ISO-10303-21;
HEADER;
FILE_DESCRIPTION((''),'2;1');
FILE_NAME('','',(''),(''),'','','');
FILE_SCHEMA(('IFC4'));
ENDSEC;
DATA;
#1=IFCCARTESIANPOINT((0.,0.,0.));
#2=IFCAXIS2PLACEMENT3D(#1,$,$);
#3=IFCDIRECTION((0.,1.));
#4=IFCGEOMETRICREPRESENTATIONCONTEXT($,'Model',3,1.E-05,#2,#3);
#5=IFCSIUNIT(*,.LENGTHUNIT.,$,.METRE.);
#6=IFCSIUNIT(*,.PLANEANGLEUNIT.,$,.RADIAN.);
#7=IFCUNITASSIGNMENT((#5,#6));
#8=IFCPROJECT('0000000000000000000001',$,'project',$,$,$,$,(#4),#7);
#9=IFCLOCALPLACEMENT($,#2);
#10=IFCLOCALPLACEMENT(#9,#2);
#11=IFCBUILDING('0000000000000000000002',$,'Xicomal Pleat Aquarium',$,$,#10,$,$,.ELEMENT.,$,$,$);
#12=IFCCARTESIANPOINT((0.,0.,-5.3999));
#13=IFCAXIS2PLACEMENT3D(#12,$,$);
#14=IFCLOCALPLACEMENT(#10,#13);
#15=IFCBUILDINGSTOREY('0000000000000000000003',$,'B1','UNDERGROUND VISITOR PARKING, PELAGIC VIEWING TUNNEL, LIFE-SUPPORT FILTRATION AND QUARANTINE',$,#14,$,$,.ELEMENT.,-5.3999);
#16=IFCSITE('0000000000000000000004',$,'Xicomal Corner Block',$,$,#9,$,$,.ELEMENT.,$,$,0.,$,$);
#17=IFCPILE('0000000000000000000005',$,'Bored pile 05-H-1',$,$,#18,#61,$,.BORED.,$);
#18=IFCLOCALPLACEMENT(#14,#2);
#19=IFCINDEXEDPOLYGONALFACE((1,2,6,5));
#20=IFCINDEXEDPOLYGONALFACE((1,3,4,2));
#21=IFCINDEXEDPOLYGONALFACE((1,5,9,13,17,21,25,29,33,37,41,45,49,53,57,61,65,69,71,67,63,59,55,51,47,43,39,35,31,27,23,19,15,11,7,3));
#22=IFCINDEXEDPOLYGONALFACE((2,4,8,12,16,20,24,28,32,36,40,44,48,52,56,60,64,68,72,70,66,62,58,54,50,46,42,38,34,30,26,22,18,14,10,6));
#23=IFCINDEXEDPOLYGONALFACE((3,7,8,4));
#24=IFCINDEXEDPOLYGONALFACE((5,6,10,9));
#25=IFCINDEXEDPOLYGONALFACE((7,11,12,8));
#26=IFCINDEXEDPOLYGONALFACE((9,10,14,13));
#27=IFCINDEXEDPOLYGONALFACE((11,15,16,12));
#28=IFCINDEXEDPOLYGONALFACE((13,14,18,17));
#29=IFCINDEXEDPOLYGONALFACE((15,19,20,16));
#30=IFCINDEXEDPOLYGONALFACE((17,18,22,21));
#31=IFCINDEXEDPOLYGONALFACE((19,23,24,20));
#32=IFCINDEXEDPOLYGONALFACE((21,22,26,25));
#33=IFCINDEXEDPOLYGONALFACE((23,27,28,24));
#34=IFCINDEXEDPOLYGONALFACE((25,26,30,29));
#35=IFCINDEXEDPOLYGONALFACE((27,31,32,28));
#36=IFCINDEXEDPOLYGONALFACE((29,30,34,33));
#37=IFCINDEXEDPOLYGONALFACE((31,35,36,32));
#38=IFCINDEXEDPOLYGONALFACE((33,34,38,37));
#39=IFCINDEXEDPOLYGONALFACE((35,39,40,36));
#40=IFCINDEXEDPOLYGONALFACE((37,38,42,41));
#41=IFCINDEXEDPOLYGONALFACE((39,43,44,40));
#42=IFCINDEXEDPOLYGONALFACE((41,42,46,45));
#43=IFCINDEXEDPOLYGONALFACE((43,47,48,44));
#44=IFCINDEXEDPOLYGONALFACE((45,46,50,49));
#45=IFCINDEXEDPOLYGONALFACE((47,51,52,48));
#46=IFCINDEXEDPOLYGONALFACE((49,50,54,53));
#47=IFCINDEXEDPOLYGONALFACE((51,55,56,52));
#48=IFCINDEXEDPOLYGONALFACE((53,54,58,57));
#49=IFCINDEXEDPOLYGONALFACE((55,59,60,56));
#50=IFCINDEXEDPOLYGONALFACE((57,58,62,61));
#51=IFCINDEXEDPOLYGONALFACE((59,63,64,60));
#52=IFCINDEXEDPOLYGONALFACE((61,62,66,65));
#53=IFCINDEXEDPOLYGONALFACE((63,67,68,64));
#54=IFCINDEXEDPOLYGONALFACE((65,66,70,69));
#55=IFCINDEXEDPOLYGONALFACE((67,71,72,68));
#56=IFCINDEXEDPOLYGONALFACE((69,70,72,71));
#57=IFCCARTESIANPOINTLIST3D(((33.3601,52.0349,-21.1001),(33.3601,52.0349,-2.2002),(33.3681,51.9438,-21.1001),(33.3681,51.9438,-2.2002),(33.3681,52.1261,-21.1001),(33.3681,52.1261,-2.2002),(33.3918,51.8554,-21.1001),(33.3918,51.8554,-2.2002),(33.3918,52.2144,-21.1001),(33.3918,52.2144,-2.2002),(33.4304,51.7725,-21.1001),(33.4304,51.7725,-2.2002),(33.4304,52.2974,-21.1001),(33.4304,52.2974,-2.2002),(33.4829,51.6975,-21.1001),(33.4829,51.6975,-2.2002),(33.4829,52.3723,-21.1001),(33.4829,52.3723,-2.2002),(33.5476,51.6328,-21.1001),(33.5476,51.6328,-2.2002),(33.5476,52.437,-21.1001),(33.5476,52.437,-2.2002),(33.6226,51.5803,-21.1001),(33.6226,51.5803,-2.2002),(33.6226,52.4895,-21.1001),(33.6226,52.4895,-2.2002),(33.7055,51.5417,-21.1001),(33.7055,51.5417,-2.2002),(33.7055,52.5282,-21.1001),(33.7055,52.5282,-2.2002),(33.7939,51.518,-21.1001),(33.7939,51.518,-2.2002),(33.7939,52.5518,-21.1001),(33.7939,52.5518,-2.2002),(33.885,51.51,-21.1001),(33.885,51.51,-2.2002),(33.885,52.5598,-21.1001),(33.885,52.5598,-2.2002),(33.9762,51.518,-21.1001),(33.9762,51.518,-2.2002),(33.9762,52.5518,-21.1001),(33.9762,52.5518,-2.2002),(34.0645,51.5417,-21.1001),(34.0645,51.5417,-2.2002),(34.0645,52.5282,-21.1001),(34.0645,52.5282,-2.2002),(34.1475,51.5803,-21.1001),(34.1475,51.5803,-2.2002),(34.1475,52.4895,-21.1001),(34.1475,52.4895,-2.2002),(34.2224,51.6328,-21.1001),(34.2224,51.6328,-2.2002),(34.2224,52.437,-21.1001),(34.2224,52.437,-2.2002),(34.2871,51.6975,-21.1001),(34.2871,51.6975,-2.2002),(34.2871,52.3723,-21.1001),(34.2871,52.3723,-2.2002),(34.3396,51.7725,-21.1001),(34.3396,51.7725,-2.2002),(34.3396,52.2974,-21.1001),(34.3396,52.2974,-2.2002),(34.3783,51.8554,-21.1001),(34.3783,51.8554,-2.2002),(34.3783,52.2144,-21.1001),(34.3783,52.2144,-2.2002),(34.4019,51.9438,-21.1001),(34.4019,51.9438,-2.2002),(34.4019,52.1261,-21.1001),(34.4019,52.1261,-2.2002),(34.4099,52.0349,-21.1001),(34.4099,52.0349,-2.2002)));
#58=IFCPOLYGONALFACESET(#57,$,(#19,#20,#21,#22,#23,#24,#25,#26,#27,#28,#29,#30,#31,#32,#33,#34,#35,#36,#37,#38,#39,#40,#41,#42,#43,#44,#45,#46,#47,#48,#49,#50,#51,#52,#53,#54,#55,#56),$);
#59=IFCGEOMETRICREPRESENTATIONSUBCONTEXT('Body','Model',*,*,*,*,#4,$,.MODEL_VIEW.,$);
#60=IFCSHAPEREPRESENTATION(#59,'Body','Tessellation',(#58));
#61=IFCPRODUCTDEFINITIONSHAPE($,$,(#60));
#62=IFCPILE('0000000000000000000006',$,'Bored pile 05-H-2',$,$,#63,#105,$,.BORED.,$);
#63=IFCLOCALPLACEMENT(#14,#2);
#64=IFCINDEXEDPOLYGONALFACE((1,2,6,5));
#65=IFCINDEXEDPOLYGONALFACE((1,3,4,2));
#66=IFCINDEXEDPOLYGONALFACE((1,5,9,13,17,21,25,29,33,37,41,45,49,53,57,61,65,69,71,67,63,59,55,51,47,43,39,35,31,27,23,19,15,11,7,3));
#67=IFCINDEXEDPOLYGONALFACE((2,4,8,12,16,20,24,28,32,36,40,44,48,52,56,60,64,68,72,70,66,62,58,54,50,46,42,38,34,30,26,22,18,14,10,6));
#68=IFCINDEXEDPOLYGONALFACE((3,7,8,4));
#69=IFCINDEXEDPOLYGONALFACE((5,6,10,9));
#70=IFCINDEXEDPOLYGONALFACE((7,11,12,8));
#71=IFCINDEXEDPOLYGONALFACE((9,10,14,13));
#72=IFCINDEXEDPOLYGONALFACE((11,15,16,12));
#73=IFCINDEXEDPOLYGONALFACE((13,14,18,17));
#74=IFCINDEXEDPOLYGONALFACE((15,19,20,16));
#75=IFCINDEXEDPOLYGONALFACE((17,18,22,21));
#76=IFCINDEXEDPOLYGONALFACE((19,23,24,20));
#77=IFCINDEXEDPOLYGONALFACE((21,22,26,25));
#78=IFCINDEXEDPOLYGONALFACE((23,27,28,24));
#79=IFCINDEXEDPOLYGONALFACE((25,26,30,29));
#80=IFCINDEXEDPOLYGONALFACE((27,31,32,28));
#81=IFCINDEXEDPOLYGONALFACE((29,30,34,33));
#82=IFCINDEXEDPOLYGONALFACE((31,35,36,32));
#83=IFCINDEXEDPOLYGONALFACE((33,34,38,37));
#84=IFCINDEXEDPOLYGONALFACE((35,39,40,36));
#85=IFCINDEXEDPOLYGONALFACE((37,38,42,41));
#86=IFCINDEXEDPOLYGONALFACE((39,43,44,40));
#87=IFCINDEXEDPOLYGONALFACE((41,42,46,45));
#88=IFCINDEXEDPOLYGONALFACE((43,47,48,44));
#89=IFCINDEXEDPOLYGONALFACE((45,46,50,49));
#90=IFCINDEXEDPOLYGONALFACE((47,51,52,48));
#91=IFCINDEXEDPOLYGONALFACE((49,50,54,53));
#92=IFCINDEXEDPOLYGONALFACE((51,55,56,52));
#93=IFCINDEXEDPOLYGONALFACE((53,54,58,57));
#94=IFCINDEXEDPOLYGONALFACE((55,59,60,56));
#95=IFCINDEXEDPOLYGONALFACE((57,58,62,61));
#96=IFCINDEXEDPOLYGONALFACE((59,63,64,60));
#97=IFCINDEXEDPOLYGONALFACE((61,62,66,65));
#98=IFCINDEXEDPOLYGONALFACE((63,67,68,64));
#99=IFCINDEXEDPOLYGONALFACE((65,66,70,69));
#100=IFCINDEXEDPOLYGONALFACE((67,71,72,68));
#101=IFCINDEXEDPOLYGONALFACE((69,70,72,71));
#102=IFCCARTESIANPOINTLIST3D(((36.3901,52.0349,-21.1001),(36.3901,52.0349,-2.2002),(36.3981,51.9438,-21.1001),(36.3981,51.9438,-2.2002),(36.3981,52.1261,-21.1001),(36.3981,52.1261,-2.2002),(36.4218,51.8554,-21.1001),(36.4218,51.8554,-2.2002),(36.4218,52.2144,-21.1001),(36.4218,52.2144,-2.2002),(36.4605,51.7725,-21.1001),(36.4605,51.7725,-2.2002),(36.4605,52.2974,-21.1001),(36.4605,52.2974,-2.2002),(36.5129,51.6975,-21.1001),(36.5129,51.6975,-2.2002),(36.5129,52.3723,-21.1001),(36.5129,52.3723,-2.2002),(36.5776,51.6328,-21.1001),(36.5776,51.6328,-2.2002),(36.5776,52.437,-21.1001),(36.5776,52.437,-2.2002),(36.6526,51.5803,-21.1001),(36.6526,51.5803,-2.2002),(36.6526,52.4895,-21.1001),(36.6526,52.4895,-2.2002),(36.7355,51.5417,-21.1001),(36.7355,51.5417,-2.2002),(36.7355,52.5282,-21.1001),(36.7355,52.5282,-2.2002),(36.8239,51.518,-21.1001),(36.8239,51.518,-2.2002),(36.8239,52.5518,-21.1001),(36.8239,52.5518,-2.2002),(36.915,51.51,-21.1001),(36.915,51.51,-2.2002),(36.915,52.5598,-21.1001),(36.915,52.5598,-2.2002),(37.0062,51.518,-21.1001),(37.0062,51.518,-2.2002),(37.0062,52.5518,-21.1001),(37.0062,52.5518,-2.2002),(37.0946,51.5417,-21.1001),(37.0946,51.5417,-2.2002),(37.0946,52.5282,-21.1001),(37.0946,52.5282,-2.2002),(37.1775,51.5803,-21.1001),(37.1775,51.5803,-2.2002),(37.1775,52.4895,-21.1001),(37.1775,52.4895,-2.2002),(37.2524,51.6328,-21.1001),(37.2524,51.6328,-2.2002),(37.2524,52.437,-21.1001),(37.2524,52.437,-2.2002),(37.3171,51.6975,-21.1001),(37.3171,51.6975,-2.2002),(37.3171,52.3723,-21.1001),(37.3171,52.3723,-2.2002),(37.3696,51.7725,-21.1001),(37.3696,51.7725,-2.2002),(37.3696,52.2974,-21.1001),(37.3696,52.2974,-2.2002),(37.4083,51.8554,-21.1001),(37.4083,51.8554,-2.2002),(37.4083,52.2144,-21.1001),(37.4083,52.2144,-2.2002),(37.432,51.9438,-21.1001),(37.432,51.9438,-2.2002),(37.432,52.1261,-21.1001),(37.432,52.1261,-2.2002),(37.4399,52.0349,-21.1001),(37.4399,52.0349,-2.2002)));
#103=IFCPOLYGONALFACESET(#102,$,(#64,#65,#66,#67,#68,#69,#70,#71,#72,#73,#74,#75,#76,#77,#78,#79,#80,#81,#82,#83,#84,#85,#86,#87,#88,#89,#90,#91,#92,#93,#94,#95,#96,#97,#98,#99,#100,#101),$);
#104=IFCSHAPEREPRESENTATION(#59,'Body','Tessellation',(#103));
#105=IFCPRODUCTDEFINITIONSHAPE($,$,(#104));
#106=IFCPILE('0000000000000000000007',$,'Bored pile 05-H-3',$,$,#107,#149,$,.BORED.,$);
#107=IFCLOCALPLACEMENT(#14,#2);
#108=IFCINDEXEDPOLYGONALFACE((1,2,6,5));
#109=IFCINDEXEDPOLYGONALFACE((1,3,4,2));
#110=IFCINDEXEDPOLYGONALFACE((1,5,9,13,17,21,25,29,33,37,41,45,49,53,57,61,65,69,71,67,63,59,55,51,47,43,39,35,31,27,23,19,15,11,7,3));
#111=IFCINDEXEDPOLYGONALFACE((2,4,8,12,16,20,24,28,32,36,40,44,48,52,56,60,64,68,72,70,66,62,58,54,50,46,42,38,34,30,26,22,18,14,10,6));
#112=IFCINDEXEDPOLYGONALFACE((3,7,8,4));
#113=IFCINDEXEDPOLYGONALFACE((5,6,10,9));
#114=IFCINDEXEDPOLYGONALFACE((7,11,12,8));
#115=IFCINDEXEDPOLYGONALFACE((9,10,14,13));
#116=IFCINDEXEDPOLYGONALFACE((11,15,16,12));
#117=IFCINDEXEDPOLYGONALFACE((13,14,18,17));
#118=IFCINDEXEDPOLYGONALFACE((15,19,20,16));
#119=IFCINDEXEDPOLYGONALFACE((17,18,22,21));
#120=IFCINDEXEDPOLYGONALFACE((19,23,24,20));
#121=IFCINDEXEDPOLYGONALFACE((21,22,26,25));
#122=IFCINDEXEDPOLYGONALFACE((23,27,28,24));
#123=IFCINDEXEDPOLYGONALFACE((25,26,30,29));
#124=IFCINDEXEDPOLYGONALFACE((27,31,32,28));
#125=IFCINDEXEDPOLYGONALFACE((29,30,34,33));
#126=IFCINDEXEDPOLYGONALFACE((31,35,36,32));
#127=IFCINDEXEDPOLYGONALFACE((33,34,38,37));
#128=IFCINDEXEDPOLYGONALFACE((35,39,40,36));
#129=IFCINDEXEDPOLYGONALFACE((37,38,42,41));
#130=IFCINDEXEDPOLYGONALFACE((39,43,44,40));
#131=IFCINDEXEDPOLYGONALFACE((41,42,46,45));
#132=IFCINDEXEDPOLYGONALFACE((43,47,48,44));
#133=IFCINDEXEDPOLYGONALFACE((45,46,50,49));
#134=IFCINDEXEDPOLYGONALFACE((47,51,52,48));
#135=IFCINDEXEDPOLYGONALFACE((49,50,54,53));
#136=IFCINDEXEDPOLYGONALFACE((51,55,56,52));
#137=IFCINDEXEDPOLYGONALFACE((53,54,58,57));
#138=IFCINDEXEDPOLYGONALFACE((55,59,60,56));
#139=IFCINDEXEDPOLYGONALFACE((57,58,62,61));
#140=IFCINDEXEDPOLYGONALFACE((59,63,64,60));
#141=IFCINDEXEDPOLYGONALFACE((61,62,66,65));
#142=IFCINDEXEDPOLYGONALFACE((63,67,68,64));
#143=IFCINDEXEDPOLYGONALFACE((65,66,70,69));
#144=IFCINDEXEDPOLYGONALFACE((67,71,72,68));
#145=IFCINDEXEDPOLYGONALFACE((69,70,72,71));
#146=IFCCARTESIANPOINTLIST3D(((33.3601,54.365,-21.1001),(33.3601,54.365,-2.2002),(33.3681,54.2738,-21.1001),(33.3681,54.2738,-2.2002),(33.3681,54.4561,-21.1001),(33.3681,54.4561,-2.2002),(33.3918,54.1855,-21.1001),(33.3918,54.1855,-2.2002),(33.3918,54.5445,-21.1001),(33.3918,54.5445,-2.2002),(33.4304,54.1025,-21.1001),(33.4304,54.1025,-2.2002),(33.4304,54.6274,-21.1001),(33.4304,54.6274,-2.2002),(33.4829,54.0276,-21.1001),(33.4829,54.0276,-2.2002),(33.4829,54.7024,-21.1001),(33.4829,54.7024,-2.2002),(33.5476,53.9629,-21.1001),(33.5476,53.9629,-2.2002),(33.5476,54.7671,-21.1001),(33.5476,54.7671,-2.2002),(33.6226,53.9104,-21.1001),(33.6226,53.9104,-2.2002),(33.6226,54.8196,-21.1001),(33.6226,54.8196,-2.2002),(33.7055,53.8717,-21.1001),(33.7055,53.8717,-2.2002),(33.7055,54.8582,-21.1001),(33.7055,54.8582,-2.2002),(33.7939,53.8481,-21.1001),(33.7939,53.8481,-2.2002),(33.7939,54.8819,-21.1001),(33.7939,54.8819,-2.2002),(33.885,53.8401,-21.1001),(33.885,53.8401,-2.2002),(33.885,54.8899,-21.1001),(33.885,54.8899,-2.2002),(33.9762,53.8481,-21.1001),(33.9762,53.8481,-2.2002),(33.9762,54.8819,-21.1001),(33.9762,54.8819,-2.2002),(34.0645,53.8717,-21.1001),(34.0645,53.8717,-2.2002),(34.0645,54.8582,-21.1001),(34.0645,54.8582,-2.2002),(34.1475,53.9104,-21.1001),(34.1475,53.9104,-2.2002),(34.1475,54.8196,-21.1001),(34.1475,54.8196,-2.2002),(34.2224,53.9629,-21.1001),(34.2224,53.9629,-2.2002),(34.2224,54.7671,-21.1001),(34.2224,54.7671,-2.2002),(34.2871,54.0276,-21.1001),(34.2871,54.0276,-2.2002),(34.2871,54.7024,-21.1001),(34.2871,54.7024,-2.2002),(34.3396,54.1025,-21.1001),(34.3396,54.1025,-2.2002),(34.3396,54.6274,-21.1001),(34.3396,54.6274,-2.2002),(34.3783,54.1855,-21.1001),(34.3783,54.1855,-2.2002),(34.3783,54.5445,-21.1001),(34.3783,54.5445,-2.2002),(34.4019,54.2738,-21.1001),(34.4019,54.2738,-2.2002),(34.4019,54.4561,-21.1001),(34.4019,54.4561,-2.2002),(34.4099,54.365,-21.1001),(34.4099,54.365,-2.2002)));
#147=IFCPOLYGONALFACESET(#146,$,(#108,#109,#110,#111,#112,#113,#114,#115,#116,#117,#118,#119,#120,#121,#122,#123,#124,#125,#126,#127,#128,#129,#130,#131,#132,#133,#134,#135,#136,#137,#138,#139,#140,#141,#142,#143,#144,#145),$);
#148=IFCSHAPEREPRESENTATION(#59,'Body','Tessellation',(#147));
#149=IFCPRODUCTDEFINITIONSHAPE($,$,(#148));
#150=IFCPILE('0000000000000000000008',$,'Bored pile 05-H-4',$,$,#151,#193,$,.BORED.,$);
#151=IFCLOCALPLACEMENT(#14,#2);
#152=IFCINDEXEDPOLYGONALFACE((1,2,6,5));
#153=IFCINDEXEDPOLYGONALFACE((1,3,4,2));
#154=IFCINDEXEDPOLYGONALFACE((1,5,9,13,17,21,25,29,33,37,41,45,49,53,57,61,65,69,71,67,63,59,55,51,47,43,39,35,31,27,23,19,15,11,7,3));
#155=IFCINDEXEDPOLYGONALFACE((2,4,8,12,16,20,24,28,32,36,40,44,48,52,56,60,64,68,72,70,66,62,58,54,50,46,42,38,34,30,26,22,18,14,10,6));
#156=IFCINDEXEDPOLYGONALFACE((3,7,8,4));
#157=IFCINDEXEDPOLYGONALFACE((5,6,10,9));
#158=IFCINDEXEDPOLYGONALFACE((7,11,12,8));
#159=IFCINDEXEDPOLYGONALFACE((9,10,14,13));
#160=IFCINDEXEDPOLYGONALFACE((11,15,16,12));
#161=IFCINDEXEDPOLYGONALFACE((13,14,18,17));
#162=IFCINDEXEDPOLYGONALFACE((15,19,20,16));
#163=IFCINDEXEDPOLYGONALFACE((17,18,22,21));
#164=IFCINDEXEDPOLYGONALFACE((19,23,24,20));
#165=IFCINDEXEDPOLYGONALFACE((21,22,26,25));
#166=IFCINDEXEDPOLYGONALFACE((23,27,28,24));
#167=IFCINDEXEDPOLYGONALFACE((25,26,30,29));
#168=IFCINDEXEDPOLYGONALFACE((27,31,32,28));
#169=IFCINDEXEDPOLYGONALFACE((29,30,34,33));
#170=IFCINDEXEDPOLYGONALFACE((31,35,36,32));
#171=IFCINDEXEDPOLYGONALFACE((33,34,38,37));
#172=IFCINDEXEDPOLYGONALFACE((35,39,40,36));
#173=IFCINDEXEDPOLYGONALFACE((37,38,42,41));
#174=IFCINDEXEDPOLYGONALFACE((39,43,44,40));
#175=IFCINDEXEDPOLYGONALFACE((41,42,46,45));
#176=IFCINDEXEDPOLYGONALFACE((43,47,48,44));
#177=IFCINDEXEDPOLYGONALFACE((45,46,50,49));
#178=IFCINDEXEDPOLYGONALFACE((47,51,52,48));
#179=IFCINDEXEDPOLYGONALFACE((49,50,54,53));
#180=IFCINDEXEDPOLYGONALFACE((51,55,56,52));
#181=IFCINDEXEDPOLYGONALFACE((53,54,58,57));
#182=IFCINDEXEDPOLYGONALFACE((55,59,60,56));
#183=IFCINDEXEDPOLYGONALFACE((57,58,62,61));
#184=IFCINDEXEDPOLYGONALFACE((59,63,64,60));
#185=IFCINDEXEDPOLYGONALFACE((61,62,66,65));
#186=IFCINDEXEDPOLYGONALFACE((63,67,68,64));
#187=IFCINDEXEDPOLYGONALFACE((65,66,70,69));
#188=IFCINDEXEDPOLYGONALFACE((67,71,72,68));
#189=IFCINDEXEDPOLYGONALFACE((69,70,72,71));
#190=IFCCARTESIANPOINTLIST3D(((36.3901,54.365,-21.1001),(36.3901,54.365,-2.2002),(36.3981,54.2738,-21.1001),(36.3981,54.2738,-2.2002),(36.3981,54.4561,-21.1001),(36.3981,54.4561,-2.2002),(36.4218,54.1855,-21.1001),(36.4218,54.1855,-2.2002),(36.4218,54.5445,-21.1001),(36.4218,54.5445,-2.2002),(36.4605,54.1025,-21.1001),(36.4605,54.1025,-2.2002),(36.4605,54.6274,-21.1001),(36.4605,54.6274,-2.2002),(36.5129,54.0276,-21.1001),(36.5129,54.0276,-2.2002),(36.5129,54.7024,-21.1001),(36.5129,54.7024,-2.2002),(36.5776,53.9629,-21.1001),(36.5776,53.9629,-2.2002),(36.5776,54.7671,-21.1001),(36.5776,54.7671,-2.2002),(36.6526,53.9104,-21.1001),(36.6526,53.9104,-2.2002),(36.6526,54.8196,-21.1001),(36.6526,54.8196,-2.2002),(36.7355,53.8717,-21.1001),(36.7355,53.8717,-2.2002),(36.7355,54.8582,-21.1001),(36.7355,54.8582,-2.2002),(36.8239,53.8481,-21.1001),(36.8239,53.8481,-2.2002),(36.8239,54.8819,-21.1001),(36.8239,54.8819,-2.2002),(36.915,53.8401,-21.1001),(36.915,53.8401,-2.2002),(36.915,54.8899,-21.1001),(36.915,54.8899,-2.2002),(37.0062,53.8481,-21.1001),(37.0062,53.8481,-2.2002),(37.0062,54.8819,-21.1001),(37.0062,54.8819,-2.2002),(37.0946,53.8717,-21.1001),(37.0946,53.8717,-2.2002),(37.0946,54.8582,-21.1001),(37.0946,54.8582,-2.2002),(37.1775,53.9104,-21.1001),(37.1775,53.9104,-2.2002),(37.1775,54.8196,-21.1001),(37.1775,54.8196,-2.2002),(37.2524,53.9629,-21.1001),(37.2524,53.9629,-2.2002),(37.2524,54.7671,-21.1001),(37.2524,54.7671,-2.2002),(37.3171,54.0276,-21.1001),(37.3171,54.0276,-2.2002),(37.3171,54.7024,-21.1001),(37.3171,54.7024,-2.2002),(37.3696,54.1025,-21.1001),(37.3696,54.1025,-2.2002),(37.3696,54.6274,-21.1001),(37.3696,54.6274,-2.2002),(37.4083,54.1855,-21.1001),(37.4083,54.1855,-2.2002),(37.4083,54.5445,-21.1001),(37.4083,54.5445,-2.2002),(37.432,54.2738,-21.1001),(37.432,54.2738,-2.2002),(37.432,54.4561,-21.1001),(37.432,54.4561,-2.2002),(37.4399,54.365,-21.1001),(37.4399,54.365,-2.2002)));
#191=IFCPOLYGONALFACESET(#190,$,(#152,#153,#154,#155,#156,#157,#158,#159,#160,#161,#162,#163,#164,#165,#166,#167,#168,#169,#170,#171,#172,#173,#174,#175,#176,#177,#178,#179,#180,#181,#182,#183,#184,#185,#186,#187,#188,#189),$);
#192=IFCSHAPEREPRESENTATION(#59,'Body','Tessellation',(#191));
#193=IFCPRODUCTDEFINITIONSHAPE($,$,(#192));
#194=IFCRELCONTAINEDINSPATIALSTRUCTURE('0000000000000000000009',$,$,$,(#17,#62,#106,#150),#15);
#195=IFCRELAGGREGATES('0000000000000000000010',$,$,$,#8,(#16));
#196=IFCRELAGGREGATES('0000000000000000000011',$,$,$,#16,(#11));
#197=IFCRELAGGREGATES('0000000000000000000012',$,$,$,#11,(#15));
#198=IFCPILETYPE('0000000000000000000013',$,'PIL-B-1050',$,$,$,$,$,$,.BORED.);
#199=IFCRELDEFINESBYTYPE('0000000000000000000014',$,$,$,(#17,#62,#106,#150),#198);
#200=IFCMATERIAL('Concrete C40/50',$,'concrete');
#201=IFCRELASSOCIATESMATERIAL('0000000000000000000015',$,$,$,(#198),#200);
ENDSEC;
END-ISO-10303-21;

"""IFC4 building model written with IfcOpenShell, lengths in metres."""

from ifc_helpers import new_model, si_unit, direction, frame, origin, origin_2d, place, context, subcontext, project, spatial, circle, extrude, material, material_profile, profile_set, type_object, element, save


model = new_model("IFC4")

# Units and contexts
model_context = context("Model", 3, precision=1e-05, world=origin(), true_north=direction((0.0, 1.0)))
body_context = subcontext(model_context, "Body", "Model", "MODEL_VIEW")
ifc_project = project(units=[si_unit("LENGTHUNIT", "METRE"), si_unit("PLANEANGLEUNIT", "RADIAN")], contexts=[model_context])

# Site, building, storey
site_placement = place(None, origin())
site = spatial("IfcSite", under=ifc_project, at=site_placement, Name="Xicomal Corner Block", CompositionType="ELEMENT", RefElevation=0.0)
building_placement = place(site_placement, origin())
building = spatial("IfcBuilding", under=site, at=building_placement, Name="Xicomal Pleat Aquarium", CompositionType="ELEMENT")
storey_placement = place(building_placement, frame((0.0, 0.0, -5.3999)))
storey = spatial("IfcBuildingStorey", under=building, at=storey_placement, Name="B1", Description="UNDERGROUND VISITOR PARKING, PELAGIC VIEWING TUNNEL, LIFE-SUPPORT FILTRATION AND QUARANTINE", CompositionType="ELEMENT", Elevation=-5.3999)

# Piles
ifc_material_1 = material(Name="Concrete C40/50", Category="concrete")
ifc_material_profile_1 = material_profile(ifc_material_1, circle(Radius=0.5249, at=origin_2d()), Name="BORED PILE D1050")
ifc_profile_set_1 = profile_set([ifc_material_profile_1], Name="Concrete C40/50")
pile_type_1 = type_object("IfcPileType", Name="PIL-B-1050", PredefinedType="BORED", material=ifc_profile_set_1)
for number, where, z_axis, x_axis, name in (
    (1, (33.885, 52.0349, -2.2002), (0.0, 0.0, -1.0), (1.0, 0.0, 0.0), "Bored pile 05-H-1"),
    (2, (36.915, 52.0349, -2.2002), (0.0, 0.0, -1.0), (1.0, 0.0, 0.0), "Bored pile 05-H-2"),
    (3, (33.885, 54.365, -2.2002), (0.0, 0.0, -1.0), (1.0, 0.0, 0.0), "Bored pile 05-H-3"),
    (4, (36.915, 54.365, -2.2002), (0.0, 0.0, -1.0), (1.0, 0.0, 0.0), "Bored pile 05-H-4"),
):
    element("IfcPile", number, at=place(storey_placement, frame(where, z_axis=z_axis, x_axis=x_axis)), inside=storey, type_object=pile_type_1, Name=name, PredefinedType="BORED", context=body_context, shape_type="SweptSolid", body=[
        extrude(circle(Radius=0.5249, at=origin_2d()), origin(), (0.0, 0.0, 1.0), 18.8999),
    ])

save(model, "model.ifc")
